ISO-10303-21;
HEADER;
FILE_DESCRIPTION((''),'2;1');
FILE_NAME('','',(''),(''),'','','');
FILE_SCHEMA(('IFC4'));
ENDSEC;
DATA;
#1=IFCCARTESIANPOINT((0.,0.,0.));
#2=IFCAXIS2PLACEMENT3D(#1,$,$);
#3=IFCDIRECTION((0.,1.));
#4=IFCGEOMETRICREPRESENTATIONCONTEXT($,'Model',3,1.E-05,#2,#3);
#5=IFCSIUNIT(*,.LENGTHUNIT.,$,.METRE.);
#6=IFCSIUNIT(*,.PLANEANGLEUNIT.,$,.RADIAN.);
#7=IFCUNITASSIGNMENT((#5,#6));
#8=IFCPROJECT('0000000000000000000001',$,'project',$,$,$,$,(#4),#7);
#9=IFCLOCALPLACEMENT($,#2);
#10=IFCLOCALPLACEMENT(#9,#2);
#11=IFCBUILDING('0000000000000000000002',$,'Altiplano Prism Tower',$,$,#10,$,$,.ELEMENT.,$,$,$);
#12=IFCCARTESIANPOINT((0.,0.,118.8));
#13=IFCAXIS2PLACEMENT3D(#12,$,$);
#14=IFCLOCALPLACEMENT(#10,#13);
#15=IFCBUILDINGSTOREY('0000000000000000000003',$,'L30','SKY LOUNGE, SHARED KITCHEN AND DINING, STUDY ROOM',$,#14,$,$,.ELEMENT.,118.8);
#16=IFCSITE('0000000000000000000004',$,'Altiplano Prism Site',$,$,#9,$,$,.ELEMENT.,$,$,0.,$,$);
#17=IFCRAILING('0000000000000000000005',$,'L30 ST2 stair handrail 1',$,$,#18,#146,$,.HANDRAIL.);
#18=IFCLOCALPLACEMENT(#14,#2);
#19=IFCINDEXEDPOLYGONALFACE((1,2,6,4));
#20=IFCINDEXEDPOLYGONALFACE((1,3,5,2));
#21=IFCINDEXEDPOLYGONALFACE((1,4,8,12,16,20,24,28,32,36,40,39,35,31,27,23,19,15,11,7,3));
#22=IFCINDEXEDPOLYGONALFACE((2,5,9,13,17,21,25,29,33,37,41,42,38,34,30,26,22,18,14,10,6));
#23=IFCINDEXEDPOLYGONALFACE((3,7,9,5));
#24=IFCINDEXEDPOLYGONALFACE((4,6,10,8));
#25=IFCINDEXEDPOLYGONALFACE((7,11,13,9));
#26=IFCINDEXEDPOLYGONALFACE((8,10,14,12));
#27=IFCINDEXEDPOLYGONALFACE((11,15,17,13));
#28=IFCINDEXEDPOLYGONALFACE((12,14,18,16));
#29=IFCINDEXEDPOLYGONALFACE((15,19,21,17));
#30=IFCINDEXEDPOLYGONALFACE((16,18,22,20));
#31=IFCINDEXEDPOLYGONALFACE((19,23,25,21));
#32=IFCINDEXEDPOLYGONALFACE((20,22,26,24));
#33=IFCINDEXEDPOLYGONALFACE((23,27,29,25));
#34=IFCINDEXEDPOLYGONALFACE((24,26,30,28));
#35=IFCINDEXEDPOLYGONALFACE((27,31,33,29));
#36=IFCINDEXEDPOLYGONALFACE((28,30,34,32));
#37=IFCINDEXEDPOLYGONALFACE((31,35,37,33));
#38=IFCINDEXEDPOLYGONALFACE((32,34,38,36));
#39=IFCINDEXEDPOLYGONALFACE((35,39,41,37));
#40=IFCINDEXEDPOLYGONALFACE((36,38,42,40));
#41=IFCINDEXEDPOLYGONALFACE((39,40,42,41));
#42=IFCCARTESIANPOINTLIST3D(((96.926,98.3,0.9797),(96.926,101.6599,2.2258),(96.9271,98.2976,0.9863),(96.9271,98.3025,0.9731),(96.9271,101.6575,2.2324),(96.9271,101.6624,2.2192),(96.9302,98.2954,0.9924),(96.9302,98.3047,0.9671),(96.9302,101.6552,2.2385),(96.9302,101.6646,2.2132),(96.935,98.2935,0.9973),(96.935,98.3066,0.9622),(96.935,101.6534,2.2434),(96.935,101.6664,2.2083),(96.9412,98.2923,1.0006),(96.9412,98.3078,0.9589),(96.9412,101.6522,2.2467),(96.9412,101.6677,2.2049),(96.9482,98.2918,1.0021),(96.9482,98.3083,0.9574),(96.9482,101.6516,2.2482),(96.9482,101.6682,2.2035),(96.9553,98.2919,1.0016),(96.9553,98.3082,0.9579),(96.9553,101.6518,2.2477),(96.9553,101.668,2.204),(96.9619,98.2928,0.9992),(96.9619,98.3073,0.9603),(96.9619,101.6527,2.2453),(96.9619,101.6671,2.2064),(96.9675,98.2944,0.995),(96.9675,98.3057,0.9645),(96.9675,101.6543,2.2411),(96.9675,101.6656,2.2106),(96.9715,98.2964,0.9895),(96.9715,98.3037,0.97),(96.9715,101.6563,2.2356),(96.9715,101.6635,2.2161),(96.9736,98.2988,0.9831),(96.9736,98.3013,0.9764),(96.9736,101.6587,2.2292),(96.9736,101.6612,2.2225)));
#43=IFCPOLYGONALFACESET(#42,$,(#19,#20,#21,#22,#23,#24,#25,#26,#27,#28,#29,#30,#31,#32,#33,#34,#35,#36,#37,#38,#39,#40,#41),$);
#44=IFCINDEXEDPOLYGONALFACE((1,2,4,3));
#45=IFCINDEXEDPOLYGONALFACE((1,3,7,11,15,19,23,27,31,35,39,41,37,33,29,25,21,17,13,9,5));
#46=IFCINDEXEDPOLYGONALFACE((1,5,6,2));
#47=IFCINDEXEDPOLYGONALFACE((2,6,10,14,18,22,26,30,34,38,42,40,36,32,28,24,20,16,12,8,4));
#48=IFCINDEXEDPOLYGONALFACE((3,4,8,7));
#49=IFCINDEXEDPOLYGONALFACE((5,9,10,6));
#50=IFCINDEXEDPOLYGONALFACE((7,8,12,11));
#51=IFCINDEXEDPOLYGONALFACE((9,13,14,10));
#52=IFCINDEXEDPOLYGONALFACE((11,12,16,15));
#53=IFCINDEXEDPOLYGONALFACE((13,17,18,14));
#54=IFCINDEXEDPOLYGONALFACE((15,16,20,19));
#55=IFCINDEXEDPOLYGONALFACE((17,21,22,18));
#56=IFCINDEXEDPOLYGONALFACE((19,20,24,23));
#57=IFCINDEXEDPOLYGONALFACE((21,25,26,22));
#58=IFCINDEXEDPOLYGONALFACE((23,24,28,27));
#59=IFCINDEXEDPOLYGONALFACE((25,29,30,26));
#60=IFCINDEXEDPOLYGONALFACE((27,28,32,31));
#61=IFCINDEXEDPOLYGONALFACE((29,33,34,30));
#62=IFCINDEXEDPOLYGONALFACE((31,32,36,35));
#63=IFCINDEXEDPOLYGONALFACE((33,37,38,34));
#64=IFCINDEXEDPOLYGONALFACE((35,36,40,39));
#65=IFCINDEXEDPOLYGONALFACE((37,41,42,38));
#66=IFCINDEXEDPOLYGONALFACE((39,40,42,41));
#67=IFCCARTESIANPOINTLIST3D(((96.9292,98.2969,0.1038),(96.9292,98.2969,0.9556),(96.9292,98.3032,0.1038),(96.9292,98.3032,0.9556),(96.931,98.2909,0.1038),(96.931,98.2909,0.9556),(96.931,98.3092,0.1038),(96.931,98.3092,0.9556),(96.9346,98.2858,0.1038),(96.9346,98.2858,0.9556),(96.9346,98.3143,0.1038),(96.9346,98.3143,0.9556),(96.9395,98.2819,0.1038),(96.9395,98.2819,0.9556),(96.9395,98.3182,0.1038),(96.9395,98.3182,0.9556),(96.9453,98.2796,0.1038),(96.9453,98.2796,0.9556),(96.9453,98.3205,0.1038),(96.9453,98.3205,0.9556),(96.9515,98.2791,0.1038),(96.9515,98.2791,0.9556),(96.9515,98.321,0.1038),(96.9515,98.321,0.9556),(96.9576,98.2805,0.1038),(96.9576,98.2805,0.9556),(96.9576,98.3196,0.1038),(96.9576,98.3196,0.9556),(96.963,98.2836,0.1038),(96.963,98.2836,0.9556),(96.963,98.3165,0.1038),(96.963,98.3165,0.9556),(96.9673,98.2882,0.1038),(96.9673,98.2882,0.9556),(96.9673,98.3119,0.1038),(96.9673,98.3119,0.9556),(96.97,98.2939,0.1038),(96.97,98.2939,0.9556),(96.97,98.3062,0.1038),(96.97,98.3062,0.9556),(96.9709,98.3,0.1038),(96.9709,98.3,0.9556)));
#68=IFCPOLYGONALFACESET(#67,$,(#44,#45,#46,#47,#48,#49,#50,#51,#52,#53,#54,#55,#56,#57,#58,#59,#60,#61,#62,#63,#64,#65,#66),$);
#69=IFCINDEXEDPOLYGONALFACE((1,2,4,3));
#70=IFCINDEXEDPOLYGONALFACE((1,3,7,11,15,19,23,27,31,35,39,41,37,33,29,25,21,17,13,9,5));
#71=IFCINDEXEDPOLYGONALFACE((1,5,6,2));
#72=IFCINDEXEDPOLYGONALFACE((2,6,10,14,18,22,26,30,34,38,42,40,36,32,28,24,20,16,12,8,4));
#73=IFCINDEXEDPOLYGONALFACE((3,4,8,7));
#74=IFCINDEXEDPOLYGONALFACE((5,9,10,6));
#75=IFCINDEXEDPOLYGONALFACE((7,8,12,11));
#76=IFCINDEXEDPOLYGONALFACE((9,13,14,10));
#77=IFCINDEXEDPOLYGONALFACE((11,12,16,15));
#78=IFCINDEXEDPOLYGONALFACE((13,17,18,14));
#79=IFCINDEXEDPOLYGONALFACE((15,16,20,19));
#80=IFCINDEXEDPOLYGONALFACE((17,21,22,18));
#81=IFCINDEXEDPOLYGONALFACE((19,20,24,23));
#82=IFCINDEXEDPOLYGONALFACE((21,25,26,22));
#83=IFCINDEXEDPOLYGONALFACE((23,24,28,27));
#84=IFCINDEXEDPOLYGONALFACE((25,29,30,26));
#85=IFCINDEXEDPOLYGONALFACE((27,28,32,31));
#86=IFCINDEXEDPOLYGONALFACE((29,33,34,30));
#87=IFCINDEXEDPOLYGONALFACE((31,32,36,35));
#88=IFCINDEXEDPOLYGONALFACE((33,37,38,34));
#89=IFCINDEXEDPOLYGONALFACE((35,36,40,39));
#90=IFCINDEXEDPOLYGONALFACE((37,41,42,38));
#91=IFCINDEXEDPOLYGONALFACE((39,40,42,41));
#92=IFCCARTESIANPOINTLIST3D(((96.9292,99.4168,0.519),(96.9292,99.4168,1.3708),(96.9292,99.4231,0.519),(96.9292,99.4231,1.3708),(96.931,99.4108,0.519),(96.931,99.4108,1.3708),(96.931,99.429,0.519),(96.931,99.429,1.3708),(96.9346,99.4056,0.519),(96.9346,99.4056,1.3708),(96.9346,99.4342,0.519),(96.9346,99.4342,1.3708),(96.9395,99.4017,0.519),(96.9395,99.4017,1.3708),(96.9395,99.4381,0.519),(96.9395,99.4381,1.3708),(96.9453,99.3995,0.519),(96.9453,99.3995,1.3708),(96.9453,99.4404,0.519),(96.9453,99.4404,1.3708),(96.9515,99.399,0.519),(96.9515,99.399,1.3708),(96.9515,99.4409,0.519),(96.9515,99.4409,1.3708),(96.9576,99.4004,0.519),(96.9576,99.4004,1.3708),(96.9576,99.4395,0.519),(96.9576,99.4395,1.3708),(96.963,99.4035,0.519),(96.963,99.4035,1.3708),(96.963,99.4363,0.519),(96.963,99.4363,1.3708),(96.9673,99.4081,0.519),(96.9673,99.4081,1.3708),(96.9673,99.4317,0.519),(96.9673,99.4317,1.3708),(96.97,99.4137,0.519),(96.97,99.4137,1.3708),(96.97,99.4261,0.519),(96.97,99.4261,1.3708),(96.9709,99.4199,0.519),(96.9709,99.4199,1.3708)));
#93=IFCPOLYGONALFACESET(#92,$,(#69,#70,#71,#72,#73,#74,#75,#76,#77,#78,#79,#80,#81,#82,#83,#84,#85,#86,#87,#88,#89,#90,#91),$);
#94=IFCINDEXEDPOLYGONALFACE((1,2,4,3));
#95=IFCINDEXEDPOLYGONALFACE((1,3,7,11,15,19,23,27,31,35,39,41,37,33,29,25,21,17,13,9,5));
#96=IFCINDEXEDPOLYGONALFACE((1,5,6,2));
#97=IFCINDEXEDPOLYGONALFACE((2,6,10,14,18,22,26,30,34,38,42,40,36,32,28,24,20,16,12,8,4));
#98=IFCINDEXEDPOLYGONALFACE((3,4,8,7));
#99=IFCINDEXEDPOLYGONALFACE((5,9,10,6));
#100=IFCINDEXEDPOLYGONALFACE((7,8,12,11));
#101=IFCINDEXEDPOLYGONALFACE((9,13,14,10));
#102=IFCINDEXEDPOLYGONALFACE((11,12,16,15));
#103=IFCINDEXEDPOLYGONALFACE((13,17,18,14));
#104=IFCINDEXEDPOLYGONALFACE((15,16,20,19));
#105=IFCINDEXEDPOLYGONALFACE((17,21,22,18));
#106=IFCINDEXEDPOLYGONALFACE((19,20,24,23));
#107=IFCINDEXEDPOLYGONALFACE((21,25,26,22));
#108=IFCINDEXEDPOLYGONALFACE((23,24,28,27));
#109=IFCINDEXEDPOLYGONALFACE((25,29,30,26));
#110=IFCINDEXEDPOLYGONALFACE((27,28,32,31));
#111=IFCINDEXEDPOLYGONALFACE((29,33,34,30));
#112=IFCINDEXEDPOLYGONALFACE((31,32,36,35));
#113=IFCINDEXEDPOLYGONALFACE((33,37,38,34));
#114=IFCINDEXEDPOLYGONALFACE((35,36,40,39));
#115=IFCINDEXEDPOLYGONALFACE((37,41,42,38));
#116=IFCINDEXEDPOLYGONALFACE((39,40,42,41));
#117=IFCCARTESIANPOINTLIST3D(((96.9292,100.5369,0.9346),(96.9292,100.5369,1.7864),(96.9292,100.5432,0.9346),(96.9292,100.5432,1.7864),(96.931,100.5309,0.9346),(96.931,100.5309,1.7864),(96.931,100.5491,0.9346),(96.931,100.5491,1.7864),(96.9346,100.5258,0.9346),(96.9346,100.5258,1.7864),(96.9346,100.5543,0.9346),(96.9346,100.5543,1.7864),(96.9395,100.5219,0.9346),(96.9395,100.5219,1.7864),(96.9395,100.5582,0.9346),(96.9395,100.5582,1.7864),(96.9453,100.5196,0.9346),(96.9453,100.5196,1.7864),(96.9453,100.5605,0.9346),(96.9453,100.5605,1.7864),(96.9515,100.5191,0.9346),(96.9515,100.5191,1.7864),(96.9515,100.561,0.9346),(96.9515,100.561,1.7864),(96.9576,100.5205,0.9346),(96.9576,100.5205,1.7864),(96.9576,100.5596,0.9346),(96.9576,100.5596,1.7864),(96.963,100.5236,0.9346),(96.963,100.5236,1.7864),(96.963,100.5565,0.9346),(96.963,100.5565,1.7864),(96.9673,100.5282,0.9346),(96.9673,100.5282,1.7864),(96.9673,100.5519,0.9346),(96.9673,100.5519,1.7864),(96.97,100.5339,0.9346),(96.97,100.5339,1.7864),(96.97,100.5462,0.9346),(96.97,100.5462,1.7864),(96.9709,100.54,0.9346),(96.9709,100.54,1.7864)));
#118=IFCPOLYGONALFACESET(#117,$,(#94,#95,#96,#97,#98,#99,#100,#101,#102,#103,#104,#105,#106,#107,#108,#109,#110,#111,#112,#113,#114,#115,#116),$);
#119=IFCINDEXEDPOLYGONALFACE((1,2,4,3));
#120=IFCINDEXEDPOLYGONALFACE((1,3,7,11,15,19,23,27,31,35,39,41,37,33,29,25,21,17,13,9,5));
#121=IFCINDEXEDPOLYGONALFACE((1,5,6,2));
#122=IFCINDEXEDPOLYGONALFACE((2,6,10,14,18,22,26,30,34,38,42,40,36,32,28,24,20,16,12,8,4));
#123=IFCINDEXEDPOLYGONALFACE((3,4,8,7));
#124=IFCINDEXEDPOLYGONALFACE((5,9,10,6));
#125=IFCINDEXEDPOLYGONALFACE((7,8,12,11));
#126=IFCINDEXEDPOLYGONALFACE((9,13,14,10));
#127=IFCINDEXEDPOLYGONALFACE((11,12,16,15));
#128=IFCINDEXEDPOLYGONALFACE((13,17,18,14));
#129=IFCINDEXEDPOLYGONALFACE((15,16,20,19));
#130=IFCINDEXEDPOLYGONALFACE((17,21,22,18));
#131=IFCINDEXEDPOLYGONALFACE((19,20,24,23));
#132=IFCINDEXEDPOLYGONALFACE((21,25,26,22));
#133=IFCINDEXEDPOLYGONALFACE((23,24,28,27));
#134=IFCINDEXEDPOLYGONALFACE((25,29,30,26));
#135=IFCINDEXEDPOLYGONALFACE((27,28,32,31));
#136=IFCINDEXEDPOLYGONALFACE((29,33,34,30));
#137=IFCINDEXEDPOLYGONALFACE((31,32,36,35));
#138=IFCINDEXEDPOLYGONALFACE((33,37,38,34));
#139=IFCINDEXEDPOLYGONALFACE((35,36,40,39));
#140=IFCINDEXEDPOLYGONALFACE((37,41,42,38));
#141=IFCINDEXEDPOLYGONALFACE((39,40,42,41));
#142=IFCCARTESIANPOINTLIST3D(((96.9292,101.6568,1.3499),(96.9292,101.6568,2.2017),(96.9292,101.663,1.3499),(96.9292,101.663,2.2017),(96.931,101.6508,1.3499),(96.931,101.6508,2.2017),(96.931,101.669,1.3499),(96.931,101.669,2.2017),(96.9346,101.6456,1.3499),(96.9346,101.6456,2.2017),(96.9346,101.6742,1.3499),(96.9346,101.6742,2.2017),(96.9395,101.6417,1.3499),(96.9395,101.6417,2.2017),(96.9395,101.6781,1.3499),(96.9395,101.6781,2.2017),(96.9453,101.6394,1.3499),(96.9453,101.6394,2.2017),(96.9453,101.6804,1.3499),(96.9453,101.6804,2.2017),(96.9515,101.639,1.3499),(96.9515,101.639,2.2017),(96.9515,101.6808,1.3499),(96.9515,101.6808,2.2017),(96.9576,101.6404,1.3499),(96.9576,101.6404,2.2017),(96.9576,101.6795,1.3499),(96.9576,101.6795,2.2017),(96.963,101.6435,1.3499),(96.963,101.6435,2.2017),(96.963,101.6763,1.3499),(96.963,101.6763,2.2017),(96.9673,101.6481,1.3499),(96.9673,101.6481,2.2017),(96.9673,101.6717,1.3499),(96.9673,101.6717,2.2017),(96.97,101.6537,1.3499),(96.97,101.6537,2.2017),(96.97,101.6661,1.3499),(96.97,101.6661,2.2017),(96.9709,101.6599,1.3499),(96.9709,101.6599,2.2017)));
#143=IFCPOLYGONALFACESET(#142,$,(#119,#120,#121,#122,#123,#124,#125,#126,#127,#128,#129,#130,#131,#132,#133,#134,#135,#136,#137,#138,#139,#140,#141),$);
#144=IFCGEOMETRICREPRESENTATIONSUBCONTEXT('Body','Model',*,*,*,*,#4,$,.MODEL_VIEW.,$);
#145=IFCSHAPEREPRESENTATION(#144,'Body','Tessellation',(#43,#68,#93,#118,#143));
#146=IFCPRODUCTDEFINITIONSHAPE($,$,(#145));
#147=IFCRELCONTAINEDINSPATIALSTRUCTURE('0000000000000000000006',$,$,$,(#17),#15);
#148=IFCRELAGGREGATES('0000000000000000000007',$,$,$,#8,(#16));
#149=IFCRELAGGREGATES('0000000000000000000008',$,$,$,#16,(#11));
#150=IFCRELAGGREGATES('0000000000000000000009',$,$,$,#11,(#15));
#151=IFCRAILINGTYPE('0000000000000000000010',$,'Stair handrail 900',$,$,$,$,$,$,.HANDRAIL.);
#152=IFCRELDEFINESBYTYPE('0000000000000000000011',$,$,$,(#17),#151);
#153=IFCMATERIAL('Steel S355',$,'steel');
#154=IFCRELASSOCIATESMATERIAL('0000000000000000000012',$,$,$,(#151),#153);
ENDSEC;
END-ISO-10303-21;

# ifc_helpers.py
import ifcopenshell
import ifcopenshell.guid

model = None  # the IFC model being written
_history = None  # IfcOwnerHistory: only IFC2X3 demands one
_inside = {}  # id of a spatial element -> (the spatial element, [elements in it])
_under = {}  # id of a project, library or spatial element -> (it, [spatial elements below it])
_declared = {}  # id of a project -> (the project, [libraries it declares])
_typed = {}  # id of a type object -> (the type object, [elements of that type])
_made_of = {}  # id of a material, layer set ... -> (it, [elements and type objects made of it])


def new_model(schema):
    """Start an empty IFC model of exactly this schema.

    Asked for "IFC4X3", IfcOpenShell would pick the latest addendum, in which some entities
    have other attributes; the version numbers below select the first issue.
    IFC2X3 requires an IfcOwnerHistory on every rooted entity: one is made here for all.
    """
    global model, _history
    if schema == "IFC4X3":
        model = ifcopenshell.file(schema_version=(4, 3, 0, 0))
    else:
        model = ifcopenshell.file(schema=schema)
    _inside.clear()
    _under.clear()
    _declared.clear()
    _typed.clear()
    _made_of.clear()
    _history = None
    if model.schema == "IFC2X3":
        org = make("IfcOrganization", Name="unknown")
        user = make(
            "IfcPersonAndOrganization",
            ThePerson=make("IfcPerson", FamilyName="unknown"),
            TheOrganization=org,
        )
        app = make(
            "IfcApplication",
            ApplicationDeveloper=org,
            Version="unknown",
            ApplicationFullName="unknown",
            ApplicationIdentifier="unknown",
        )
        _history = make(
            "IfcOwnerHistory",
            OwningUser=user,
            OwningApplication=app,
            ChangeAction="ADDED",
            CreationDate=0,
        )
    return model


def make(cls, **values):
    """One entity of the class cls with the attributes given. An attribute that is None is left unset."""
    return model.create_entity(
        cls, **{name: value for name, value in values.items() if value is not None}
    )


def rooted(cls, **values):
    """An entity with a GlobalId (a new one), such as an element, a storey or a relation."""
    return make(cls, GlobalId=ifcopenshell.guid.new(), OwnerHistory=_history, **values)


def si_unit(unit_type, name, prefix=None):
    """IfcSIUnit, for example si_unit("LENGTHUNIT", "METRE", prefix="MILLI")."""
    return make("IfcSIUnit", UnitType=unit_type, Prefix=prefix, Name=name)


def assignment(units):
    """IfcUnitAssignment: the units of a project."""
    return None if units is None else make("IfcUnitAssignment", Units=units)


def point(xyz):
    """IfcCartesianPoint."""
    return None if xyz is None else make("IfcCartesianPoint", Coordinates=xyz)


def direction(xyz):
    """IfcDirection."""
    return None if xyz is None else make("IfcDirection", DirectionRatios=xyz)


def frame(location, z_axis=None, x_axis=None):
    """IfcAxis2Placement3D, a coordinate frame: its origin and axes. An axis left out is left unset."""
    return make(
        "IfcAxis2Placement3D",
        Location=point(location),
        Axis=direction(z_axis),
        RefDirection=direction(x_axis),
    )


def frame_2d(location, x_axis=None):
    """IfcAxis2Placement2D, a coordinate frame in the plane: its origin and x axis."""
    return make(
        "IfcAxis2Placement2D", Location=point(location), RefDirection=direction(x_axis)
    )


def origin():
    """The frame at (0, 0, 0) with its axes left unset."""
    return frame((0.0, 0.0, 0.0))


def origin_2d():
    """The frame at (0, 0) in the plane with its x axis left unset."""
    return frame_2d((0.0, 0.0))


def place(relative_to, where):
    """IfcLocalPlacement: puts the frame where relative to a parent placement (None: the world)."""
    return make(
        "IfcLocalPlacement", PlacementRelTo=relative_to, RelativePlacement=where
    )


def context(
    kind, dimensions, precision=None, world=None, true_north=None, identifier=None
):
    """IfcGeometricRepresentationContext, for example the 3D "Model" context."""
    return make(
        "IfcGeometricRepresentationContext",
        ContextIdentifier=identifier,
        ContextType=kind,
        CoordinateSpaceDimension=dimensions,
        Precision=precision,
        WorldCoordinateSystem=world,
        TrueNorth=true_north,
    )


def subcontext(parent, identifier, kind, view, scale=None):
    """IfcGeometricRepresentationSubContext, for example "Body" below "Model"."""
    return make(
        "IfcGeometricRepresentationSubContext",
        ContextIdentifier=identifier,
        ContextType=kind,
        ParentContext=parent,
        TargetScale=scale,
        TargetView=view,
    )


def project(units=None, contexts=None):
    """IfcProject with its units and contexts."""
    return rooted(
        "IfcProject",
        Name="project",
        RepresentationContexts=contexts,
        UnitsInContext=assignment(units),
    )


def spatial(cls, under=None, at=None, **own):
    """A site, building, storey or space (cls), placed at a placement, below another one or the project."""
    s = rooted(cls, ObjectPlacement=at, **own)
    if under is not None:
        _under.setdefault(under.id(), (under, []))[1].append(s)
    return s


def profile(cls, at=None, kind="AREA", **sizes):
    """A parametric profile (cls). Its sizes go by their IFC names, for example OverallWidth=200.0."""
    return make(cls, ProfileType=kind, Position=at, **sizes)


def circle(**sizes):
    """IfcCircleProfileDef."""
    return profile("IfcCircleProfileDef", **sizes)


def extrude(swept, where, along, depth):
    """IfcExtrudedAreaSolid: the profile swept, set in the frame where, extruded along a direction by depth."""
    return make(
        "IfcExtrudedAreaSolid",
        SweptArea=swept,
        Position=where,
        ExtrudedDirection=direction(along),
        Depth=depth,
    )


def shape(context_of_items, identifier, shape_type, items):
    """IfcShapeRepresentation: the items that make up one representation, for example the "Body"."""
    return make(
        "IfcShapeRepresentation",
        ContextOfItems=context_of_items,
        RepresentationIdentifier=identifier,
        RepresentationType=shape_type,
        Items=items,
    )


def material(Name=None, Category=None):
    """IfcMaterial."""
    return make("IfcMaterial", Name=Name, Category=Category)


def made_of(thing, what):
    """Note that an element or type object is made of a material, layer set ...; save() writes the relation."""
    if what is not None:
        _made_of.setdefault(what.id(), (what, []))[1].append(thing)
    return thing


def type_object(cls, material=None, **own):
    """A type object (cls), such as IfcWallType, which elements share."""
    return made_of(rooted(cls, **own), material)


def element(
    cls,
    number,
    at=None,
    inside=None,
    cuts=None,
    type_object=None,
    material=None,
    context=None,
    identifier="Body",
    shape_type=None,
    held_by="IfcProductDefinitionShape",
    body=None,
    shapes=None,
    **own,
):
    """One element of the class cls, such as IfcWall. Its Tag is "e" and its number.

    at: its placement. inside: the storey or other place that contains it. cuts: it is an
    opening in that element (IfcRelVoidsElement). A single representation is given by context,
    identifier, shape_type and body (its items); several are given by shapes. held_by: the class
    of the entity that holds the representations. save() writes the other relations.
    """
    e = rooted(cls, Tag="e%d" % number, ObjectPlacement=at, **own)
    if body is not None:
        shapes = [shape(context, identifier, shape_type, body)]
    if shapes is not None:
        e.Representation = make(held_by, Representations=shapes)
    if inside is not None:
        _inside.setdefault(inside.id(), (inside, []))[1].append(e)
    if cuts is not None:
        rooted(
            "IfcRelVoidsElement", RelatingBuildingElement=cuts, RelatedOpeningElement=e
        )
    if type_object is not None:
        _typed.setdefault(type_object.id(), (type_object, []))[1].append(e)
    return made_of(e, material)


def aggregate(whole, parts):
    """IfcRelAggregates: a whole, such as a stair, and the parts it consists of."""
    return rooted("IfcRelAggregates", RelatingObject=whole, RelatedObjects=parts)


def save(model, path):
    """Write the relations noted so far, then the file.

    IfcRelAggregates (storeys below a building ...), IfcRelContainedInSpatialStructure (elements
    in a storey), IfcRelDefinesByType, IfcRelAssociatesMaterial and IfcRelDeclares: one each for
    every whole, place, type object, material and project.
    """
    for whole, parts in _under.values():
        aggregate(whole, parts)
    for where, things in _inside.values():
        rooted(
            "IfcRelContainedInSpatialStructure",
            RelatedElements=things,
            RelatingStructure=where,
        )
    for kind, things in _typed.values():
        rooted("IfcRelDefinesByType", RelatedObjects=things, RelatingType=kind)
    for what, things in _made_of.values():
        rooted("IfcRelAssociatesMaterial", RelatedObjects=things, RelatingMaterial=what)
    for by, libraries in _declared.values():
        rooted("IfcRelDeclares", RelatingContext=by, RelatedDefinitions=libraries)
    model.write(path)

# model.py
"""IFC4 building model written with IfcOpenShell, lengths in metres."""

from ifc_helpers import new_model, si_unit, direction, frame, origin, origin_2d, place, context, subcontext, project, spatial, circle, extrude, material, type_object, element, save


model = new_model("IFC4")

# Units and contexts
model_context = context("Model", 3, precision=1e-05, world=origin(), true_north=direction((0.0, 1.0)))
body_context = subcontext(model_context, "Body", "Model", "MODEL_VIEW")
ifc_project = project(units=[si_unit("LENGTHUNIT", "METRE"), si_unit("PLANEANGLEUNIT", "RADIAN")], contexts=[model_context])

# Site, building, storey
site_placement = place(None, origin())
site = spatial("IfcSite", under=ifc_project, at=site_placement, Name="Altiplano Prism Site", CompositionType="ELEMENT", RefElevation=0.0)
building_placement = place(site_placement, origin())
building = spatial("IfcBuilding", under=site, at=building_placement, Name="Altiplano Prism Tower", CompositionType="ELEMENT")
storey_placement = place(building_placement, frame((0.0, 0.0, 118.8)))
storey = spatial("IfcBuildingStorey", under=building, at=storey_placement, Name="L30", Description="SKY LOUNGE, SHARED KITCHEN AND DINING, STUDY ROOM", CompositionType="ELEMENT", Elevation=118.8)

# Railing
ifc_material_1 = material(Name="Steel S355", Category="steel")
railing_type = type_object("IfcRailingType", Name="Stair handrail 900", PredefinedType="HANDRAIL", material=ifc_material_1)
railing_1_placement = place(storey_placement, frame((96.95, 98.3, 0.1038)))
element("IfcRailing", 1, at=railing_1_placement, inside=storey, type_object=railing_type, Name="L30 ST2 stair handrail 1", PredefinedType="HANDRAIL", context=body_context, shape_type="SweptSolid", body=[
    extrude(circle(Radius=0.0239, at=origin_2d()), frame((0.0, 0.0, 0.876), z_axis=(0.0, 0.937594, 0.347731), x_axis=(-1.0, 0.0, 0.0)), (0.0, 0.0, 1.0), 3.5835),
    extrude(circle(Radius=0.021, at=origin_2d()), origin(), (0.0, 0.0, 1.0), 0.8518),
    extrude(circle(Radius=0.021, at=origin_2d()), frame((0.0, 1.1199, 0.4153)), (0.0, 0.0, 1.0), 0.8518),
    extrude(circle(Radius=0.021, at=origin_2d()), frame((0.0, 2.24, 0.8308)), (0.0, 0.0, 1.0), 0.8518),
    extrude(circle(Radius=0.021, at=origin_2d()), frame((0.0, 3.3599, 1.2461)), (0.0, 0.0, 1.0), 0.8518),
])

save(model, "model.ifc")
